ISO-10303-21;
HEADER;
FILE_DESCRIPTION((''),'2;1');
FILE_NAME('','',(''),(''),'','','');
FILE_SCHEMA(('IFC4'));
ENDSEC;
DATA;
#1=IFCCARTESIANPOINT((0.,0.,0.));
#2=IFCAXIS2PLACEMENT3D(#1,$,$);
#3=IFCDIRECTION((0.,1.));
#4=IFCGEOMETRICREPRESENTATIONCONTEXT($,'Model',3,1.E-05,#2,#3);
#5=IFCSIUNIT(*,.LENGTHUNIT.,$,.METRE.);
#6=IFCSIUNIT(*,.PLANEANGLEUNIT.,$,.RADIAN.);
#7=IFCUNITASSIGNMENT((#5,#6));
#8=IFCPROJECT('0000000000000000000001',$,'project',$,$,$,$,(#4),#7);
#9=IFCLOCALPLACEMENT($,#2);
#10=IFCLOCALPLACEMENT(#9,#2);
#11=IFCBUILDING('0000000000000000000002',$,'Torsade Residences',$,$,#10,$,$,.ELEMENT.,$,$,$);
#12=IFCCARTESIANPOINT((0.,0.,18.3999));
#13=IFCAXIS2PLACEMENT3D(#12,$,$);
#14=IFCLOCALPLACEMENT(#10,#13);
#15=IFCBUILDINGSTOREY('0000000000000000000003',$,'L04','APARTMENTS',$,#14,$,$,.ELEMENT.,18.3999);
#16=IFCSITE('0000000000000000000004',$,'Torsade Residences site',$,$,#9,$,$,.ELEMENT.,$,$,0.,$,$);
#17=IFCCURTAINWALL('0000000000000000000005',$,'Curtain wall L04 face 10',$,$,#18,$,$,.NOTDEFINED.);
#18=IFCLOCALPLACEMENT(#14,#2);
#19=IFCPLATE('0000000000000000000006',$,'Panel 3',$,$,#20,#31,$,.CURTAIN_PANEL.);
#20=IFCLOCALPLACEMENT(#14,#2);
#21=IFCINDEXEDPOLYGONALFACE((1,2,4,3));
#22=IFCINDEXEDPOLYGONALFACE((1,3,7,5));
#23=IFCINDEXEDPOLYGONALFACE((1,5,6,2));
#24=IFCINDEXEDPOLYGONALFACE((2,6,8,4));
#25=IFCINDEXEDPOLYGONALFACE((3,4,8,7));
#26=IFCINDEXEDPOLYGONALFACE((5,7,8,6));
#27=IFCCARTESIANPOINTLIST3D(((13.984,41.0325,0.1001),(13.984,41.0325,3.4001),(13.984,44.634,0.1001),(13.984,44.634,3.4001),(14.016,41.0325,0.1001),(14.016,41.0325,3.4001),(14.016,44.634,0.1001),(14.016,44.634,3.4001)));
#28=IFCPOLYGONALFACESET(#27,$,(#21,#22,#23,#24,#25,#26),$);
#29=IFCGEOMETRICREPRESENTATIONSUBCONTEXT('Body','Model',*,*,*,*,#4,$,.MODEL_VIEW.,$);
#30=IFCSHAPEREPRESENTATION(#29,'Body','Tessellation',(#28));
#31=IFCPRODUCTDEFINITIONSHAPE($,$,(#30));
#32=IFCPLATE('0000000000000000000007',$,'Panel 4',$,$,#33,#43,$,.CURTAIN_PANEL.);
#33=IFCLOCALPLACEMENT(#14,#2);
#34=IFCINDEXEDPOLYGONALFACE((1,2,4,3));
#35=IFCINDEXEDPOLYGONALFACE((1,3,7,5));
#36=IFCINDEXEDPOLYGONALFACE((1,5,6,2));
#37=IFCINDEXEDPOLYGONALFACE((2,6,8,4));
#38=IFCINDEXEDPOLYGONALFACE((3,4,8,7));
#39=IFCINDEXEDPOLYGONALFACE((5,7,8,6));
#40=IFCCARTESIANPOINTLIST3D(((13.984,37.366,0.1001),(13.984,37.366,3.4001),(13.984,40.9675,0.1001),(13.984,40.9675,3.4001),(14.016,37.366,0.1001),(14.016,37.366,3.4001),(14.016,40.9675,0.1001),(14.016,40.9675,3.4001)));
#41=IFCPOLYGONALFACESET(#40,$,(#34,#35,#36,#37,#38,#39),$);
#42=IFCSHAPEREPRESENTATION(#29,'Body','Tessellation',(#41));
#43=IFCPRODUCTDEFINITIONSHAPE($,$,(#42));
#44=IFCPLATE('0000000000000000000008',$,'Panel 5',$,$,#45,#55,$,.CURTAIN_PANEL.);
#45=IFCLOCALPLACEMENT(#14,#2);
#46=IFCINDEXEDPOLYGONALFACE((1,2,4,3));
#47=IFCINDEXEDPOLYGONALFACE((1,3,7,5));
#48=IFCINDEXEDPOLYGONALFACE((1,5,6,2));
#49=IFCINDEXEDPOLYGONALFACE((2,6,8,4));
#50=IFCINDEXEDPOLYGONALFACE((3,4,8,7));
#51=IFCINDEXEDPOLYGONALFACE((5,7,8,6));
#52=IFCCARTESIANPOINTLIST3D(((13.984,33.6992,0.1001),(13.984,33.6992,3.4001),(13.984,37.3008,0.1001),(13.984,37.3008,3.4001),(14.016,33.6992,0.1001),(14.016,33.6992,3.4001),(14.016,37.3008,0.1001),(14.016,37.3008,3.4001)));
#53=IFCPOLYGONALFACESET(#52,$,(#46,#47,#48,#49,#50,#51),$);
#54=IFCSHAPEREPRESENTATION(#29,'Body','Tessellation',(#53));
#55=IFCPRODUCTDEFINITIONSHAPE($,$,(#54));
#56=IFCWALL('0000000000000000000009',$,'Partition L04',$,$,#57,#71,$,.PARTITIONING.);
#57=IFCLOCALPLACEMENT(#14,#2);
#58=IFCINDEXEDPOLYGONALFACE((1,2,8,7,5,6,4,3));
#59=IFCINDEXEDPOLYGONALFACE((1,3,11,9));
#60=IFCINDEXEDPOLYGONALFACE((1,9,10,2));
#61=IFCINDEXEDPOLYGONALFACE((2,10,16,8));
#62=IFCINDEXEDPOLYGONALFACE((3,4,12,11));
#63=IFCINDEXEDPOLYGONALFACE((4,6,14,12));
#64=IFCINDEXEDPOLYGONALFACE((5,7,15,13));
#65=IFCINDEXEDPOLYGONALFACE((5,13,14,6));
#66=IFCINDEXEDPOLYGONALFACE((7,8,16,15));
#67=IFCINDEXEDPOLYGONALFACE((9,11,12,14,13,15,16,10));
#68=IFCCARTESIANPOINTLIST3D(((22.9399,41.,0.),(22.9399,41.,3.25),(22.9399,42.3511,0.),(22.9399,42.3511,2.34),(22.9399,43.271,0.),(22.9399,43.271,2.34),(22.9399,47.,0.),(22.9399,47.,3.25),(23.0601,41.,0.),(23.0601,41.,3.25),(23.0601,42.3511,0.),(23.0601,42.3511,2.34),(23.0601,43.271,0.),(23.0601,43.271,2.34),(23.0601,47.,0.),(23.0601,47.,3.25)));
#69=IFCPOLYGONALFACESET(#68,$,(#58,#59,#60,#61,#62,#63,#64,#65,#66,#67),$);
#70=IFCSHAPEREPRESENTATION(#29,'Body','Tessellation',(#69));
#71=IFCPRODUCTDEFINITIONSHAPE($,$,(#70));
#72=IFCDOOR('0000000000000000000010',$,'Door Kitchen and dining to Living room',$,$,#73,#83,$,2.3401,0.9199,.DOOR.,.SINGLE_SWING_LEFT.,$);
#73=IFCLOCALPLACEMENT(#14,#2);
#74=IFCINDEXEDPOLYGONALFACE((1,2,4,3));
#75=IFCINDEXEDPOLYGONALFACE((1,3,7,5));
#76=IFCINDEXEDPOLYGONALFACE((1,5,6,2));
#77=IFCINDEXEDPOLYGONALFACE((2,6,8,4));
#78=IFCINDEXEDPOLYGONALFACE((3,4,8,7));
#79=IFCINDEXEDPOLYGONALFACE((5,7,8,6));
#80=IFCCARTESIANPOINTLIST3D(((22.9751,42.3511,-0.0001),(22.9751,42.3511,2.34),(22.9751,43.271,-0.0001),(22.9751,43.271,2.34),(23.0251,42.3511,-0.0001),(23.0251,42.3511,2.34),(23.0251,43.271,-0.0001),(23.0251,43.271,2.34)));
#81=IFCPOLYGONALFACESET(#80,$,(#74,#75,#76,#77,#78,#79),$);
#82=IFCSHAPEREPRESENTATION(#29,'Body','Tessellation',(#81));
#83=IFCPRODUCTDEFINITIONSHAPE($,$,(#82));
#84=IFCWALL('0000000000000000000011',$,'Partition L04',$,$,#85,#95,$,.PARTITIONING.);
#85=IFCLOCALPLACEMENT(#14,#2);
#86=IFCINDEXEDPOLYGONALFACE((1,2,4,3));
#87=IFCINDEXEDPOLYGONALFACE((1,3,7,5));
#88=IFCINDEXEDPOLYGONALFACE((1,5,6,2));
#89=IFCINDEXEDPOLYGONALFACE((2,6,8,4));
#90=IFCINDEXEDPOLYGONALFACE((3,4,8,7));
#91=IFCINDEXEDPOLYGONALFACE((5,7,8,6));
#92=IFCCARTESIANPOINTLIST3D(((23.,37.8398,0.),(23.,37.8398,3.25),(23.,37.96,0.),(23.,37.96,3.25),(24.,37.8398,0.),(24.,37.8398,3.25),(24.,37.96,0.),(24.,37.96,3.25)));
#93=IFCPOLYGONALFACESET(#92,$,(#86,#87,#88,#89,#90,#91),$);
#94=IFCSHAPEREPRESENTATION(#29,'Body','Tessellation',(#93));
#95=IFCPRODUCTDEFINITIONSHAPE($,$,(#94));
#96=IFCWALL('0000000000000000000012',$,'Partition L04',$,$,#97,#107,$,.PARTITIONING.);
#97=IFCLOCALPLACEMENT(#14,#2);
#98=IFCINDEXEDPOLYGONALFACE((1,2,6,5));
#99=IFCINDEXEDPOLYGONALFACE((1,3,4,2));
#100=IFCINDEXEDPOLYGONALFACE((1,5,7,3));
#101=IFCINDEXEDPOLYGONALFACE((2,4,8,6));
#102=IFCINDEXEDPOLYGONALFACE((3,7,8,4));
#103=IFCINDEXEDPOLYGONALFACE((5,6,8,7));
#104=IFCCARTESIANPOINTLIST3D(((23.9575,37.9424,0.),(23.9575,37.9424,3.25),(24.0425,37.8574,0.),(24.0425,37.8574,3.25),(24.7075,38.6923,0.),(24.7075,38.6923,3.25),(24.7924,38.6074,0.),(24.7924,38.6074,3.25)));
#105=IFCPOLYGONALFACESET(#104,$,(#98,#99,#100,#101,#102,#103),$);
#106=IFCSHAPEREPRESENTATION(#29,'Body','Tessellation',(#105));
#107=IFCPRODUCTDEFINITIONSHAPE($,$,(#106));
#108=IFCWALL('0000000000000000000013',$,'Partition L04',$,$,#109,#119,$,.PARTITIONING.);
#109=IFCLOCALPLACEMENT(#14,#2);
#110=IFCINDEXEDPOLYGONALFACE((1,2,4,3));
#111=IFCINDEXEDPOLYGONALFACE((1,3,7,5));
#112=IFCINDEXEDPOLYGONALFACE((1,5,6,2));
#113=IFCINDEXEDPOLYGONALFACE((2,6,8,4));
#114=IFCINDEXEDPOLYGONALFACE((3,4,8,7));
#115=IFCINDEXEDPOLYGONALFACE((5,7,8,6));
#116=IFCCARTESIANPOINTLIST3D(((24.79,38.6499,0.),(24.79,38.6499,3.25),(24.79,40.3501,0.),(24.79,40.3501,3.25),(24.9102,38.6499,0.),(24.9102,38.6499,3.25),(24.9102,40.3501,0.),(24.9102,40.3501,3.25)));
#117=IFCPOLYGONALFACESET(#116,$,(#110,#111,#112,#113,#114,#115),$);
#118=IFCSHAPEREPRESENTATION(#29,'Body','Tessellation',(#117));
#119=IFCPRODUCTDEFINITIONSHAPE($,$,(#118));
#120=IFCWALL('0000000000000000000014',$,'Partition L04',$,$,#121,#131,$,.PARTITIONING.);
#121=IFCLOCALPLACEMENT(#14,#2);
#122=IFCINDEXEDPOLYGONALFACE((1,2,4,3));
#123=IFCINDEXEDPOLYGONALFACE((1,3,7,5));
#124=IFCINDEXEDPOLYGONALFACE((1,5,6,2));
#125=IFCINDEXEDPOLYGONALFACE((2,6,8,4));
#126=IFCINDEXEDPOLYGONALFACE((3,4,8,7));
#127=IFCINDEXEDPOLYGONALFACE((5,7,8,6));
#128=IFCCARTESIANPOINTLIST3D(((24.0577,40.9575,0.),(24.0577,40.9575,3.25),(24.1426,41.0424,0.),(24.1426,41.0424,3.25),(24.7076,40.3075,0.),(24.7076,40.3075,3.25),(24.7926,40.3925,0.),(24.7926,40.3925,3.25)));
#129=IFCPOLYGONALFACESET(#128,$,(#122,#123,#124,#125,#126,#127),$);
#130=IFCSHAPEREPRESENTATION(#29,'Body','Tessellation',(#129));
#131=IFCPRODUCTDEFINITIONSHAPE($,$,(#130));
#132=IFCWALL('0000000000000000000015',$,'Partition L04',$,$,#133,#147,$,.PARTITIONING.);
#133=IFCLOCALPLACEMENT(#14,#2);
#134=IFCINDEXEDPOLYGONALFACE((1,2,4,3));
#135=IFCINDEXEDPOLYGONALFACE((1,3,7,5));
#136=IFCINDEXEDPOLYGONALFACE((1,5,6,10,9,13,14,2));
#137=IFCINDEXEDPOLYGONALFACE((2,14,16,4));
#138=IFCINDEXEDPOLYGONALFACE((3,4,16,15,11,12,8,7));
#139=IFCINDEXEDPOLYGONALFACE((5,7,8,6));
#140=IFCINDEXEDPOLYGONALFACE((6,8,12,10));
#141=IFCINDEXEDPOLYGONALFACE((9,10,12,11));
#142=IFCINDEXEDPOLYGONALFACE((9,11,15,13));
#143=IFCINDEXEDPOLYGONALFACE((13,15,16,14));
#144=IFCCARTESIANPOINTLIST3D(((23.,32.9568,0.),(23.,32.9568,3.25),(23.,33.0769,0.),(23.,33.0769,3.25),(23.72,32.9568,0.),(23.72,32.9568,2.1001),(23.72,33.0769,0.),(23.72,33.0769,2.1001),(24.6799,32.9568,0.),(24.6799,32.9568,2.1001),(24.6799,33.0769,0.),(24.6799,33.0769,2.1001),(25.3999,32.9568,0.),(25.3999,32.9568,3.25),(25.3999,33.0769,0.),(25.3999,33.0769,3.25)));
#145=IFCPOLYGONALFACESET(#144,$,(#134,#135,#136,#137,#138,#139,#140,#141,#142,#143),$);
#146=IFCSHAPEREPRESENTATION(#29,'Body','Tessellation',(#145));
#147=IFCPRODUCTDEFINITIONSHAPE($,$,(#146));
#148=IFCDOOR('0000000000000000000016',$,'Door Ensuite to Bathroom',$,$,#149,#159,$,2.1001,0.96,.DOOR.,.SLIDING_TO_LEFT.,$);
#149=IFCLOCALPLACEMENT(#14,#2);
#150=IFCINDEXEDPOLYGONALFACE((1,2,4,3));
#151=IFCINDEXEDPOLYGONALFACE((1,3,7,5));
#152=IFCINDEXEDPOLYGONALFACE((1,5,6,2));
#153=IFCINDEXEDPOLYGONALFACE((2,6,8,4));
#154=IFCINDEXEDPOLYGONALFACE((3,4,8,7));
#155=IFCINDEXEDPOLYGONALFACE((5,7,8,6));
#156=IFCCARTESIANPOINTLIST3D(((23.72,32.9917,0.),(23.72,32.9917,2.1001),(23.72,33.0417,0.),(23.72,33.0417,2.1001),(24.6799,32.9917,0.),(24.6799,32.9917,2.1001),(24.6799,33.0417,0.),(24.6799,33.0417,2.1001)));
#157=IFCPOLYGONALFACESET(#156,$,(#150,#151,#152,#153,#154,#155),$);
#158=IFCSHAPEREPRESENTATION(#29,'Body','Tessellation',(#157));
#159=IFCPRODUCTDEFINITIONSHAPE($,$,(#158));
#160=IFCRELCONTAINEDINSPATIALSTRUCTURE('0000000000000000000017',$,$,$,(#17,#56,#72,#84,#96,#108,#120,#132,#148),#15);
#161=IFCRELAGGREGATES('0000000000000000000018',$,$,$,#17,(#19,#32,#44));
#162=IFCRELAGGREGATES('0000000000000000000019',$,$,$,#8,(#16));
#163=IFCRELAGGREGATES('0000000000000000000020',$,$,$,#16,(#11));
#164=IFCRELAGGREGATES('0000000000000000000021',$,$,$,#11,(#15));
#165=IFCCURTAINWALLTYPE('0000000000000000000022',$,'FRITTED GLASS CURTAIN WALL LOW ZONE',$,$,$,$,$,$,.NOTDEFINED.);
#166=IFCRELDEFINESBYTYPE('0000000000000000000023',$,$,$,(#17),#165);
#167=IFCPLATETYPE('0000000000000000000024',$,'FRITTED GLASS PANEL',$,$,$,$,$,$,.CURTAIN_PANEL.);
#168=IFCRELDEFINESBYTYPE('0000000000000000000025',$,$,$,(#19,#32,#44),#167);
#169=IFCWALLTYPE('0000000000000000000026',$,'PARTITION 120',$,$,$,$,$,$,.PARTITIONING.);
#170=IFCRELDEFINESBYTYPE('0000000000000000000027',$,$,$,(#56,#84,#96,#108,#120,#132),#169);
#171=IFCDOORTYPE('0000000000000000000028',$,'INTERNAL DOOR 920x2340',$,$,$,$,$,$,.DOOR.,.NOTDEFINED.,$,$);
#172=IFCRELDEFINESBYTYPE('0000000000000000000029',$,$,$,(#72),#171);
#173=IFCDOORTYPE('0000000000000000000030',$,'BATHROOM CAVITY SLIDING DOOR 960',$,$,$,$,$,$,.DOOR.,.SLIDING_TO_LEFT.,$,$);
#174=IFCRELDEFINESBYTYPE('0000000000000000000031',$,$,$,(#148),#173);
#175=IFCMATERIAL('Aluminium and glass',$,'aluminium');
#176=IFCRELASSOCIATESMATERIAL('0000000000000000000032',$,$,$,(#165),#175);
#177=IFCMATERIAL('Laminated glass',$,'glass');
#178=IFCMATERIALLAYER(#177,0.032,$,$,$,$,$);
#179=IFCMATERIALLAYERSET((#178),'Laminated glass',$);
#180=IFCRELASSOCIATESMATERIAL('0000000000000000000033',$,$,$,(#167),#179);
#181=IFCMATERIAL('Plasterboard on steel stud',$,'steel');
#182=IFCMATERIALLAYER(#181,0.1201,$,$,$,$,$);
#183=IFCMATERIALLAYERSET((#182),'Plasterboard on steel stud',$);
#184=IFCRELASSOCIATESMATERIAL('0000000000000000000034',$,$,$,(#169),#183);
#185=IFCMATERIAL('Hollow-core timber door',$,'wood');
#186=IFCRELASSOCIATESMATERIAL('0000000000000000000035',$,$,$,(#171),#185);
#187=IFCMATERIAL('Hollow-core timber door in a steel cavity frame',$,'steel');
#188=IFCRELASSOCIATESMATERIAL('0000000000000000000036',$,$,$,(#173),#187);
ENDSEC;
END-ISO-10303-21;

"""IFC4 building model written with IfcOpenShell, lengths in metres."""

from ifc_helpers import new_model, si_unit, direction, frame, frame_2d, origin, origin_2d, place, context, subcontext, project, spatial, rectangle, extrude, material, layer, layer_set, type_object, element, fill, aggregate, save


model = new_model("IFC4")

# Units and contexts
model_context = context("Model", 3, precision=1e-05, world=origin(), true_north=direction((0.0, 1.0)))
body_context = subcontext(model_context, "Body", "Model", "MODEL_VIEW")
ifc_project = project(units=[si_unit("LENGTHUNIT", "METRE"), si_unit("PLANEANGLEUNIT", "RADIAN")], contexts=[model_context])

# Site, building, storey
site_placement = place(None, origin())
site = spatial("IfcSite", under=ifc_project, at=site_placement, Name="Torsade Residences site", CompositionType="ELEMENT", RefElevation=0.0)
building_placement = place(site_placement, origin())
building = spatial("IfcBuilding", under=site, at=building_placement, Name="Torsade Residences", CompositionType="ELEMENT")
storey_placement = place(building_placement, frame((0.0, 0.0, 18.3999)))
storey = spatial("IfcBuildingStorey", under=building, at=storey_placement, Name="L04", Description="APARTMENTS", CompositionType="ELEMENT", Elevation=18.3999)

# Curtain wall
ifc_material_1 = material(Name="Aluminium and glass", Category="aluminium")
curtain_wall_type = type_object("IfcCurtainWallType", Name="FRITTED GLASS CURTAIN WALL LOW ZONE", PredefinedType="NOTDEFINED", material=ifc_material_1)
curtain_wall_placement = place(storey_placement, origin())
curtain_wall = element("IfcCurtainWall", 1, at=curtain_wall_placement, inside=storey, type_object=curtain_wall_type, Name="Curtain wall L04 face 10", PredefinedType="NOTDEFINED")

# Plates
ifc_material_2 = material(Name="Laminated glass", Category="glass")
ifc_layer_1 = layer(ifc_material_2, 0.032)
ifc_layer_set_1 = layer_set([ifc_layer_1], Name="Laminated glass")
plate_type = type_object("IfcPlateType", Name="FRITTED GLASS PANEL", PredefinedType="CURTAIN_PANEL", material=ifc_layer_set_1)
plate_1_placement = place(storey_placement, frame((14.0, 42.8333, 0.1001), z_axis=(0.0, 0.0, 1.0), x_axis=(0.0, -1.0, 0.0)))
plate_1 = element("IfcPlate", 2, at=plate_1_placement, type_object=plate_type, Name="Panel 3", PredefinedType="CURTAIN_PANEL", context=body_context, shape_type="SweptSolid", body=[
    extrude(rectangle(XDim=3.6016, YDim=0.032, at=origin_2d()), origin(), (0.0, 0.0, 1.0), 3.3),
])
plate_2_placement = place(storey_placement, frame((14.0, 39.1667, 0.1001), z_axis=(0.0, 0.0, 1.0), x_axis=(0.0, -1.0, 0.0)))
plate_2 = element("IfcPlate", 3, at=plate_2_placement, type_object=plate_type, Name="Panel 4", PredefinedType="CURTAIN_PANEL", context=body_context, shape_type="SweptSolid", body=[
    extrude(rectangle(XDim=3.6016, YDim=0.032, at=origin_2d()), origin(), (0.0, 0.0, 1.0), 3.3),
])
plate_3_placement = place(storey_placement, frame((14.0, 35.5, 0.1001), z_axis=(0.0, 0.0, 1.0), x_axis=(0.0, -1.0, 0.0)))
plate_3 = element("IfcPlate", 4, at=plate_3_placement, type_object=plate_type, Name="Panel 5", PredefinedType="CURTAIN_PANEL", context=body_context, shape_type="SweptSolid", body=[
    extrude(rectangle(XDim=3.6016, YDim=0.032, at=origin_2d()), origin(), (0.0, 0.0, 1.0), 3.3),
])
aggregate(curtain_wall, [plate_1, plate_2, plate_3])

# Wall, opening, door
ifc_material_3 = material(Name="Plasterboard on steel stud", Category="steel")
ifc_layer_2 = layer(ifc_material_3, 0.1201)
ifc_layer_set_2 = layer_set([ifc_layer_2], Name="Plasterboard on steel stud")
wall_type_1 = type_object("IfcWallType", Name="PARTITION 120", PredefinedType="PARTITIONING", material=ifc_layer_set_2)
wall_1_placement = place(storey_placement, frame((23.0, 41.0, 0.0), z_axis=(0.0, 0.0, 1.0), x_axis=(0.0, 1.0, 0.0)))
wall_1 = element("IfcWall", 5, at=wall_1_placement, inside=storey, type_object=wall_type_1, Name="Partition L04", PredefinedType="PARTITIONING", context=body_context, shape_type="SweptSolid", body=[
    extrude(rectangle(XDim=6.0, YDim=0.1201, at=frame_2d((3.0, 0.0))), origin(), (0.0, 0.0, 1.0), 3.25),
])
opening_1_placement = place(wall_1_placement, frame((1.3511, 0.0, 0.0)))
opening_1 = element("IfcOpeningElement", 6, at=opening_1_placement, cuts=wall_1, PredefinedType="OPENING", context=body_context, shape_type="SweptSolid", body=[
    extrude(rectangle(XDim=0.9199, YDim=2.3401, at=frame_2d((0.46, 1.1699))), frame((0.0, 0.0701, 0.0), z_axis=(0.0, -1.0, 0.0), x_axis=(1.0, 0.0, 0.0)), (0.0, 0.0, 1.0), 0.1401),
])
ifc_material_4 = material(Name="Hollow-core timber door", Category="wood")
door_type_1 = type_object("IfcDoorType", Name="INTERNAL DOOR 920x2340", OperationType="NOTDEFINED", PredefinedType="DOOR", material=ifc_material_4)
door_1_placement = place(opening_1_placement, origin())
door_1 = element("IfcDoor", 7, at=door_1_placement, inside=storey, type_object=door_type_1, Name="Door Kitchen and dining to Living room", OperationType="SINGLE_SWING_LEFT", OverallHeight=2.3401, OverallWidth=0.9199, PredefinedType="DOOR", context=body_context, shape_type="SweptSolid", body=[
    extrude(rectangle(XDim=0.9199, YDim=2.3401, at=frame_2d((0.46, 1.1699))), frame((0.0, 0.0249, 0.0), z_axis=(0.0, -1.0, 0.0), x_axis=(1.0, 0.0, 0.0)), (0.0, 0.0, 1.0), 0.05),
])
fill(opening_1, door_1)

# Walls
wall_2_placement = place(storey_placement, frame((23.0, 37.8999, 0.0), z_axis=(0.0, 0.0, 1.0), x_axis=(1.0, 0.0, 0.0)))
element("IfcWall", 8, at=wall_2_placement, inside=storey, type_object=wall_type_1, Name="Partition L04", PredefinedType="PARTITIONING", context=body_context, shape_type="SweptSolid", body=[
    extrude(rectangle(XDim=1.0, YDim=0.1201, at=frame_2d((0.5, 0.0))), origin(), (0.0, 0.0, 1.0), 3.25),
])
wall_3_placement = place(storey_placement, frame((24.0, 37.8999, 0.0), z_axis=(0.0, 0.0, 1.0), x_axis=(0.707107, 0.707107, 0.0)))
element("IfcWall", 9, at=wall_3_placement, inside=storey, type_object=wall_type_1, Name="Partition L04", PredefinedType="PARTITIONING", context=body_context, shape_type="SweptSolid", body=[
    extrude(rectangle(XDim=1.0605, YDim=0.1201, at=frame_2d((0.5303, 0.0))), origin(), (0.0, 0.0, 1.0), 3.25),
])
wall_4_placement = place(storey_placement, frame((24.8501, 38.6499, 0.0), z_axis=(0.0, 0.0, 1.0), x_axis=(0.0, 1.0, 0.0)))
element("IfcWall", 10, at=wall_4_placement, inside=storey, type_object=wall_type_1, Name="Partition L04", PredefinedType="PARTITIONING", context=body_context, shape_type="SweptSolid", body=[
    extrude(rectangle(XDim=1.7002, YDim=0.1201, at=frame_2d((0.8501, 0.0))), origin(), (0.0, 0.0, 1.0), 3.25),
])
wall_5_placement = place(storey_placement, frame((24.75, 40.3501, 0.0), z_axis=(0.0, 0.0, 1.0), x_axis=(-0.707107, 0.707107, 0.0)))
element("IfcWall", 11, at=wall_5_placement, inside=storey, type_object=wall_type_1, Name="Partition L04", PredefinedType="PARTITIONING", context=body_context, shape_type="SweptSolid", body=[
    extrude(rectangle(XDim=0.9192, YDim=0.1201, at=frame_2d((0.4595, 0.0))), origin(), (0.0, 0.0, 1.0), 3.25),
])

# Wall, opening, door
wall_6_placement = place(storey_placement, frame((23.0, 33.0168, 0.0), z_axis=(0.0, 0.0, 1.0), x_axis=(1.0, 0.0, 0.0)))
wall_6 = element("IfcWall", 12, at=wall_6_placement, inside=storey, type_object=wall_type_1, Name="Partition L04", PredefinedType="PARTITIONING", context=body_context, shape_type="SweptSolid", body=[
    extrude(rectangle(XDim=2.3999, YDim=0.1201, at=frame_2d((1.2, 0.0))), origin(), (0.0, 0.0, 1.0), 3.25),
])
opening_2_placement = place(wall_6_placement, frame((0.72, 0.0, 0.0)))
opening_2 = element("IfcOpeningElement", 13, at=opening_2_placement, cuts=wall_6, PredefinedType="OPENING", context=body_context, shape_type="SweptSolid", body=[
    extrude(rectangle(XDim=0.96, YDim=2.1001, at=frame_2d((0.48, 1.05))), frame((0.0, 0.0701, 0.0), z_axis=(0.0, -1.0, 0.0), x_axis=(1.0, 0.0, 0.0)), (0.0, 0.0, 1.0), 0.1401),
])
ifc_material_5 = material(Name="Hollow-core timber door in a steel cavity frame", Category="steel")
door_type_2 = type_object("IfcDoorType", Name="BATHROOM CAVITY SLIDING DOOR 960", OperationType="SLIDING_TO_LEFT", PredefinedType="DOOR", material=ifc_material_5)
door_2_placement = place(opening_2_placement, origin())
door_2 = element("IfcDoor", 14, at=door_2_placement, inside=storey, type_object=door_type_2, Name="Door Ensuite to Bathroom", OperationType="SLIDING_TO_LEFT", OverallHeight=2.1001, OverallWidth=0.96, PredefinedType="DOOR", context=body_context, shape_type="SweptSolid", body=[
    extrude(rectangle(XDim=0.96, YDim=2.1001, at=frame_2d((0.48, 1.05))), frame((0.0, 0.0249, 0.0), z_axis=(0.0, -1.0, 0.0), x_axis=(1.0, 0.0, 0.0)), (0.0, 0.0, 1.0), 0.05),
])
fill(opening_2, door_2)

save(model, "model.ifc")
